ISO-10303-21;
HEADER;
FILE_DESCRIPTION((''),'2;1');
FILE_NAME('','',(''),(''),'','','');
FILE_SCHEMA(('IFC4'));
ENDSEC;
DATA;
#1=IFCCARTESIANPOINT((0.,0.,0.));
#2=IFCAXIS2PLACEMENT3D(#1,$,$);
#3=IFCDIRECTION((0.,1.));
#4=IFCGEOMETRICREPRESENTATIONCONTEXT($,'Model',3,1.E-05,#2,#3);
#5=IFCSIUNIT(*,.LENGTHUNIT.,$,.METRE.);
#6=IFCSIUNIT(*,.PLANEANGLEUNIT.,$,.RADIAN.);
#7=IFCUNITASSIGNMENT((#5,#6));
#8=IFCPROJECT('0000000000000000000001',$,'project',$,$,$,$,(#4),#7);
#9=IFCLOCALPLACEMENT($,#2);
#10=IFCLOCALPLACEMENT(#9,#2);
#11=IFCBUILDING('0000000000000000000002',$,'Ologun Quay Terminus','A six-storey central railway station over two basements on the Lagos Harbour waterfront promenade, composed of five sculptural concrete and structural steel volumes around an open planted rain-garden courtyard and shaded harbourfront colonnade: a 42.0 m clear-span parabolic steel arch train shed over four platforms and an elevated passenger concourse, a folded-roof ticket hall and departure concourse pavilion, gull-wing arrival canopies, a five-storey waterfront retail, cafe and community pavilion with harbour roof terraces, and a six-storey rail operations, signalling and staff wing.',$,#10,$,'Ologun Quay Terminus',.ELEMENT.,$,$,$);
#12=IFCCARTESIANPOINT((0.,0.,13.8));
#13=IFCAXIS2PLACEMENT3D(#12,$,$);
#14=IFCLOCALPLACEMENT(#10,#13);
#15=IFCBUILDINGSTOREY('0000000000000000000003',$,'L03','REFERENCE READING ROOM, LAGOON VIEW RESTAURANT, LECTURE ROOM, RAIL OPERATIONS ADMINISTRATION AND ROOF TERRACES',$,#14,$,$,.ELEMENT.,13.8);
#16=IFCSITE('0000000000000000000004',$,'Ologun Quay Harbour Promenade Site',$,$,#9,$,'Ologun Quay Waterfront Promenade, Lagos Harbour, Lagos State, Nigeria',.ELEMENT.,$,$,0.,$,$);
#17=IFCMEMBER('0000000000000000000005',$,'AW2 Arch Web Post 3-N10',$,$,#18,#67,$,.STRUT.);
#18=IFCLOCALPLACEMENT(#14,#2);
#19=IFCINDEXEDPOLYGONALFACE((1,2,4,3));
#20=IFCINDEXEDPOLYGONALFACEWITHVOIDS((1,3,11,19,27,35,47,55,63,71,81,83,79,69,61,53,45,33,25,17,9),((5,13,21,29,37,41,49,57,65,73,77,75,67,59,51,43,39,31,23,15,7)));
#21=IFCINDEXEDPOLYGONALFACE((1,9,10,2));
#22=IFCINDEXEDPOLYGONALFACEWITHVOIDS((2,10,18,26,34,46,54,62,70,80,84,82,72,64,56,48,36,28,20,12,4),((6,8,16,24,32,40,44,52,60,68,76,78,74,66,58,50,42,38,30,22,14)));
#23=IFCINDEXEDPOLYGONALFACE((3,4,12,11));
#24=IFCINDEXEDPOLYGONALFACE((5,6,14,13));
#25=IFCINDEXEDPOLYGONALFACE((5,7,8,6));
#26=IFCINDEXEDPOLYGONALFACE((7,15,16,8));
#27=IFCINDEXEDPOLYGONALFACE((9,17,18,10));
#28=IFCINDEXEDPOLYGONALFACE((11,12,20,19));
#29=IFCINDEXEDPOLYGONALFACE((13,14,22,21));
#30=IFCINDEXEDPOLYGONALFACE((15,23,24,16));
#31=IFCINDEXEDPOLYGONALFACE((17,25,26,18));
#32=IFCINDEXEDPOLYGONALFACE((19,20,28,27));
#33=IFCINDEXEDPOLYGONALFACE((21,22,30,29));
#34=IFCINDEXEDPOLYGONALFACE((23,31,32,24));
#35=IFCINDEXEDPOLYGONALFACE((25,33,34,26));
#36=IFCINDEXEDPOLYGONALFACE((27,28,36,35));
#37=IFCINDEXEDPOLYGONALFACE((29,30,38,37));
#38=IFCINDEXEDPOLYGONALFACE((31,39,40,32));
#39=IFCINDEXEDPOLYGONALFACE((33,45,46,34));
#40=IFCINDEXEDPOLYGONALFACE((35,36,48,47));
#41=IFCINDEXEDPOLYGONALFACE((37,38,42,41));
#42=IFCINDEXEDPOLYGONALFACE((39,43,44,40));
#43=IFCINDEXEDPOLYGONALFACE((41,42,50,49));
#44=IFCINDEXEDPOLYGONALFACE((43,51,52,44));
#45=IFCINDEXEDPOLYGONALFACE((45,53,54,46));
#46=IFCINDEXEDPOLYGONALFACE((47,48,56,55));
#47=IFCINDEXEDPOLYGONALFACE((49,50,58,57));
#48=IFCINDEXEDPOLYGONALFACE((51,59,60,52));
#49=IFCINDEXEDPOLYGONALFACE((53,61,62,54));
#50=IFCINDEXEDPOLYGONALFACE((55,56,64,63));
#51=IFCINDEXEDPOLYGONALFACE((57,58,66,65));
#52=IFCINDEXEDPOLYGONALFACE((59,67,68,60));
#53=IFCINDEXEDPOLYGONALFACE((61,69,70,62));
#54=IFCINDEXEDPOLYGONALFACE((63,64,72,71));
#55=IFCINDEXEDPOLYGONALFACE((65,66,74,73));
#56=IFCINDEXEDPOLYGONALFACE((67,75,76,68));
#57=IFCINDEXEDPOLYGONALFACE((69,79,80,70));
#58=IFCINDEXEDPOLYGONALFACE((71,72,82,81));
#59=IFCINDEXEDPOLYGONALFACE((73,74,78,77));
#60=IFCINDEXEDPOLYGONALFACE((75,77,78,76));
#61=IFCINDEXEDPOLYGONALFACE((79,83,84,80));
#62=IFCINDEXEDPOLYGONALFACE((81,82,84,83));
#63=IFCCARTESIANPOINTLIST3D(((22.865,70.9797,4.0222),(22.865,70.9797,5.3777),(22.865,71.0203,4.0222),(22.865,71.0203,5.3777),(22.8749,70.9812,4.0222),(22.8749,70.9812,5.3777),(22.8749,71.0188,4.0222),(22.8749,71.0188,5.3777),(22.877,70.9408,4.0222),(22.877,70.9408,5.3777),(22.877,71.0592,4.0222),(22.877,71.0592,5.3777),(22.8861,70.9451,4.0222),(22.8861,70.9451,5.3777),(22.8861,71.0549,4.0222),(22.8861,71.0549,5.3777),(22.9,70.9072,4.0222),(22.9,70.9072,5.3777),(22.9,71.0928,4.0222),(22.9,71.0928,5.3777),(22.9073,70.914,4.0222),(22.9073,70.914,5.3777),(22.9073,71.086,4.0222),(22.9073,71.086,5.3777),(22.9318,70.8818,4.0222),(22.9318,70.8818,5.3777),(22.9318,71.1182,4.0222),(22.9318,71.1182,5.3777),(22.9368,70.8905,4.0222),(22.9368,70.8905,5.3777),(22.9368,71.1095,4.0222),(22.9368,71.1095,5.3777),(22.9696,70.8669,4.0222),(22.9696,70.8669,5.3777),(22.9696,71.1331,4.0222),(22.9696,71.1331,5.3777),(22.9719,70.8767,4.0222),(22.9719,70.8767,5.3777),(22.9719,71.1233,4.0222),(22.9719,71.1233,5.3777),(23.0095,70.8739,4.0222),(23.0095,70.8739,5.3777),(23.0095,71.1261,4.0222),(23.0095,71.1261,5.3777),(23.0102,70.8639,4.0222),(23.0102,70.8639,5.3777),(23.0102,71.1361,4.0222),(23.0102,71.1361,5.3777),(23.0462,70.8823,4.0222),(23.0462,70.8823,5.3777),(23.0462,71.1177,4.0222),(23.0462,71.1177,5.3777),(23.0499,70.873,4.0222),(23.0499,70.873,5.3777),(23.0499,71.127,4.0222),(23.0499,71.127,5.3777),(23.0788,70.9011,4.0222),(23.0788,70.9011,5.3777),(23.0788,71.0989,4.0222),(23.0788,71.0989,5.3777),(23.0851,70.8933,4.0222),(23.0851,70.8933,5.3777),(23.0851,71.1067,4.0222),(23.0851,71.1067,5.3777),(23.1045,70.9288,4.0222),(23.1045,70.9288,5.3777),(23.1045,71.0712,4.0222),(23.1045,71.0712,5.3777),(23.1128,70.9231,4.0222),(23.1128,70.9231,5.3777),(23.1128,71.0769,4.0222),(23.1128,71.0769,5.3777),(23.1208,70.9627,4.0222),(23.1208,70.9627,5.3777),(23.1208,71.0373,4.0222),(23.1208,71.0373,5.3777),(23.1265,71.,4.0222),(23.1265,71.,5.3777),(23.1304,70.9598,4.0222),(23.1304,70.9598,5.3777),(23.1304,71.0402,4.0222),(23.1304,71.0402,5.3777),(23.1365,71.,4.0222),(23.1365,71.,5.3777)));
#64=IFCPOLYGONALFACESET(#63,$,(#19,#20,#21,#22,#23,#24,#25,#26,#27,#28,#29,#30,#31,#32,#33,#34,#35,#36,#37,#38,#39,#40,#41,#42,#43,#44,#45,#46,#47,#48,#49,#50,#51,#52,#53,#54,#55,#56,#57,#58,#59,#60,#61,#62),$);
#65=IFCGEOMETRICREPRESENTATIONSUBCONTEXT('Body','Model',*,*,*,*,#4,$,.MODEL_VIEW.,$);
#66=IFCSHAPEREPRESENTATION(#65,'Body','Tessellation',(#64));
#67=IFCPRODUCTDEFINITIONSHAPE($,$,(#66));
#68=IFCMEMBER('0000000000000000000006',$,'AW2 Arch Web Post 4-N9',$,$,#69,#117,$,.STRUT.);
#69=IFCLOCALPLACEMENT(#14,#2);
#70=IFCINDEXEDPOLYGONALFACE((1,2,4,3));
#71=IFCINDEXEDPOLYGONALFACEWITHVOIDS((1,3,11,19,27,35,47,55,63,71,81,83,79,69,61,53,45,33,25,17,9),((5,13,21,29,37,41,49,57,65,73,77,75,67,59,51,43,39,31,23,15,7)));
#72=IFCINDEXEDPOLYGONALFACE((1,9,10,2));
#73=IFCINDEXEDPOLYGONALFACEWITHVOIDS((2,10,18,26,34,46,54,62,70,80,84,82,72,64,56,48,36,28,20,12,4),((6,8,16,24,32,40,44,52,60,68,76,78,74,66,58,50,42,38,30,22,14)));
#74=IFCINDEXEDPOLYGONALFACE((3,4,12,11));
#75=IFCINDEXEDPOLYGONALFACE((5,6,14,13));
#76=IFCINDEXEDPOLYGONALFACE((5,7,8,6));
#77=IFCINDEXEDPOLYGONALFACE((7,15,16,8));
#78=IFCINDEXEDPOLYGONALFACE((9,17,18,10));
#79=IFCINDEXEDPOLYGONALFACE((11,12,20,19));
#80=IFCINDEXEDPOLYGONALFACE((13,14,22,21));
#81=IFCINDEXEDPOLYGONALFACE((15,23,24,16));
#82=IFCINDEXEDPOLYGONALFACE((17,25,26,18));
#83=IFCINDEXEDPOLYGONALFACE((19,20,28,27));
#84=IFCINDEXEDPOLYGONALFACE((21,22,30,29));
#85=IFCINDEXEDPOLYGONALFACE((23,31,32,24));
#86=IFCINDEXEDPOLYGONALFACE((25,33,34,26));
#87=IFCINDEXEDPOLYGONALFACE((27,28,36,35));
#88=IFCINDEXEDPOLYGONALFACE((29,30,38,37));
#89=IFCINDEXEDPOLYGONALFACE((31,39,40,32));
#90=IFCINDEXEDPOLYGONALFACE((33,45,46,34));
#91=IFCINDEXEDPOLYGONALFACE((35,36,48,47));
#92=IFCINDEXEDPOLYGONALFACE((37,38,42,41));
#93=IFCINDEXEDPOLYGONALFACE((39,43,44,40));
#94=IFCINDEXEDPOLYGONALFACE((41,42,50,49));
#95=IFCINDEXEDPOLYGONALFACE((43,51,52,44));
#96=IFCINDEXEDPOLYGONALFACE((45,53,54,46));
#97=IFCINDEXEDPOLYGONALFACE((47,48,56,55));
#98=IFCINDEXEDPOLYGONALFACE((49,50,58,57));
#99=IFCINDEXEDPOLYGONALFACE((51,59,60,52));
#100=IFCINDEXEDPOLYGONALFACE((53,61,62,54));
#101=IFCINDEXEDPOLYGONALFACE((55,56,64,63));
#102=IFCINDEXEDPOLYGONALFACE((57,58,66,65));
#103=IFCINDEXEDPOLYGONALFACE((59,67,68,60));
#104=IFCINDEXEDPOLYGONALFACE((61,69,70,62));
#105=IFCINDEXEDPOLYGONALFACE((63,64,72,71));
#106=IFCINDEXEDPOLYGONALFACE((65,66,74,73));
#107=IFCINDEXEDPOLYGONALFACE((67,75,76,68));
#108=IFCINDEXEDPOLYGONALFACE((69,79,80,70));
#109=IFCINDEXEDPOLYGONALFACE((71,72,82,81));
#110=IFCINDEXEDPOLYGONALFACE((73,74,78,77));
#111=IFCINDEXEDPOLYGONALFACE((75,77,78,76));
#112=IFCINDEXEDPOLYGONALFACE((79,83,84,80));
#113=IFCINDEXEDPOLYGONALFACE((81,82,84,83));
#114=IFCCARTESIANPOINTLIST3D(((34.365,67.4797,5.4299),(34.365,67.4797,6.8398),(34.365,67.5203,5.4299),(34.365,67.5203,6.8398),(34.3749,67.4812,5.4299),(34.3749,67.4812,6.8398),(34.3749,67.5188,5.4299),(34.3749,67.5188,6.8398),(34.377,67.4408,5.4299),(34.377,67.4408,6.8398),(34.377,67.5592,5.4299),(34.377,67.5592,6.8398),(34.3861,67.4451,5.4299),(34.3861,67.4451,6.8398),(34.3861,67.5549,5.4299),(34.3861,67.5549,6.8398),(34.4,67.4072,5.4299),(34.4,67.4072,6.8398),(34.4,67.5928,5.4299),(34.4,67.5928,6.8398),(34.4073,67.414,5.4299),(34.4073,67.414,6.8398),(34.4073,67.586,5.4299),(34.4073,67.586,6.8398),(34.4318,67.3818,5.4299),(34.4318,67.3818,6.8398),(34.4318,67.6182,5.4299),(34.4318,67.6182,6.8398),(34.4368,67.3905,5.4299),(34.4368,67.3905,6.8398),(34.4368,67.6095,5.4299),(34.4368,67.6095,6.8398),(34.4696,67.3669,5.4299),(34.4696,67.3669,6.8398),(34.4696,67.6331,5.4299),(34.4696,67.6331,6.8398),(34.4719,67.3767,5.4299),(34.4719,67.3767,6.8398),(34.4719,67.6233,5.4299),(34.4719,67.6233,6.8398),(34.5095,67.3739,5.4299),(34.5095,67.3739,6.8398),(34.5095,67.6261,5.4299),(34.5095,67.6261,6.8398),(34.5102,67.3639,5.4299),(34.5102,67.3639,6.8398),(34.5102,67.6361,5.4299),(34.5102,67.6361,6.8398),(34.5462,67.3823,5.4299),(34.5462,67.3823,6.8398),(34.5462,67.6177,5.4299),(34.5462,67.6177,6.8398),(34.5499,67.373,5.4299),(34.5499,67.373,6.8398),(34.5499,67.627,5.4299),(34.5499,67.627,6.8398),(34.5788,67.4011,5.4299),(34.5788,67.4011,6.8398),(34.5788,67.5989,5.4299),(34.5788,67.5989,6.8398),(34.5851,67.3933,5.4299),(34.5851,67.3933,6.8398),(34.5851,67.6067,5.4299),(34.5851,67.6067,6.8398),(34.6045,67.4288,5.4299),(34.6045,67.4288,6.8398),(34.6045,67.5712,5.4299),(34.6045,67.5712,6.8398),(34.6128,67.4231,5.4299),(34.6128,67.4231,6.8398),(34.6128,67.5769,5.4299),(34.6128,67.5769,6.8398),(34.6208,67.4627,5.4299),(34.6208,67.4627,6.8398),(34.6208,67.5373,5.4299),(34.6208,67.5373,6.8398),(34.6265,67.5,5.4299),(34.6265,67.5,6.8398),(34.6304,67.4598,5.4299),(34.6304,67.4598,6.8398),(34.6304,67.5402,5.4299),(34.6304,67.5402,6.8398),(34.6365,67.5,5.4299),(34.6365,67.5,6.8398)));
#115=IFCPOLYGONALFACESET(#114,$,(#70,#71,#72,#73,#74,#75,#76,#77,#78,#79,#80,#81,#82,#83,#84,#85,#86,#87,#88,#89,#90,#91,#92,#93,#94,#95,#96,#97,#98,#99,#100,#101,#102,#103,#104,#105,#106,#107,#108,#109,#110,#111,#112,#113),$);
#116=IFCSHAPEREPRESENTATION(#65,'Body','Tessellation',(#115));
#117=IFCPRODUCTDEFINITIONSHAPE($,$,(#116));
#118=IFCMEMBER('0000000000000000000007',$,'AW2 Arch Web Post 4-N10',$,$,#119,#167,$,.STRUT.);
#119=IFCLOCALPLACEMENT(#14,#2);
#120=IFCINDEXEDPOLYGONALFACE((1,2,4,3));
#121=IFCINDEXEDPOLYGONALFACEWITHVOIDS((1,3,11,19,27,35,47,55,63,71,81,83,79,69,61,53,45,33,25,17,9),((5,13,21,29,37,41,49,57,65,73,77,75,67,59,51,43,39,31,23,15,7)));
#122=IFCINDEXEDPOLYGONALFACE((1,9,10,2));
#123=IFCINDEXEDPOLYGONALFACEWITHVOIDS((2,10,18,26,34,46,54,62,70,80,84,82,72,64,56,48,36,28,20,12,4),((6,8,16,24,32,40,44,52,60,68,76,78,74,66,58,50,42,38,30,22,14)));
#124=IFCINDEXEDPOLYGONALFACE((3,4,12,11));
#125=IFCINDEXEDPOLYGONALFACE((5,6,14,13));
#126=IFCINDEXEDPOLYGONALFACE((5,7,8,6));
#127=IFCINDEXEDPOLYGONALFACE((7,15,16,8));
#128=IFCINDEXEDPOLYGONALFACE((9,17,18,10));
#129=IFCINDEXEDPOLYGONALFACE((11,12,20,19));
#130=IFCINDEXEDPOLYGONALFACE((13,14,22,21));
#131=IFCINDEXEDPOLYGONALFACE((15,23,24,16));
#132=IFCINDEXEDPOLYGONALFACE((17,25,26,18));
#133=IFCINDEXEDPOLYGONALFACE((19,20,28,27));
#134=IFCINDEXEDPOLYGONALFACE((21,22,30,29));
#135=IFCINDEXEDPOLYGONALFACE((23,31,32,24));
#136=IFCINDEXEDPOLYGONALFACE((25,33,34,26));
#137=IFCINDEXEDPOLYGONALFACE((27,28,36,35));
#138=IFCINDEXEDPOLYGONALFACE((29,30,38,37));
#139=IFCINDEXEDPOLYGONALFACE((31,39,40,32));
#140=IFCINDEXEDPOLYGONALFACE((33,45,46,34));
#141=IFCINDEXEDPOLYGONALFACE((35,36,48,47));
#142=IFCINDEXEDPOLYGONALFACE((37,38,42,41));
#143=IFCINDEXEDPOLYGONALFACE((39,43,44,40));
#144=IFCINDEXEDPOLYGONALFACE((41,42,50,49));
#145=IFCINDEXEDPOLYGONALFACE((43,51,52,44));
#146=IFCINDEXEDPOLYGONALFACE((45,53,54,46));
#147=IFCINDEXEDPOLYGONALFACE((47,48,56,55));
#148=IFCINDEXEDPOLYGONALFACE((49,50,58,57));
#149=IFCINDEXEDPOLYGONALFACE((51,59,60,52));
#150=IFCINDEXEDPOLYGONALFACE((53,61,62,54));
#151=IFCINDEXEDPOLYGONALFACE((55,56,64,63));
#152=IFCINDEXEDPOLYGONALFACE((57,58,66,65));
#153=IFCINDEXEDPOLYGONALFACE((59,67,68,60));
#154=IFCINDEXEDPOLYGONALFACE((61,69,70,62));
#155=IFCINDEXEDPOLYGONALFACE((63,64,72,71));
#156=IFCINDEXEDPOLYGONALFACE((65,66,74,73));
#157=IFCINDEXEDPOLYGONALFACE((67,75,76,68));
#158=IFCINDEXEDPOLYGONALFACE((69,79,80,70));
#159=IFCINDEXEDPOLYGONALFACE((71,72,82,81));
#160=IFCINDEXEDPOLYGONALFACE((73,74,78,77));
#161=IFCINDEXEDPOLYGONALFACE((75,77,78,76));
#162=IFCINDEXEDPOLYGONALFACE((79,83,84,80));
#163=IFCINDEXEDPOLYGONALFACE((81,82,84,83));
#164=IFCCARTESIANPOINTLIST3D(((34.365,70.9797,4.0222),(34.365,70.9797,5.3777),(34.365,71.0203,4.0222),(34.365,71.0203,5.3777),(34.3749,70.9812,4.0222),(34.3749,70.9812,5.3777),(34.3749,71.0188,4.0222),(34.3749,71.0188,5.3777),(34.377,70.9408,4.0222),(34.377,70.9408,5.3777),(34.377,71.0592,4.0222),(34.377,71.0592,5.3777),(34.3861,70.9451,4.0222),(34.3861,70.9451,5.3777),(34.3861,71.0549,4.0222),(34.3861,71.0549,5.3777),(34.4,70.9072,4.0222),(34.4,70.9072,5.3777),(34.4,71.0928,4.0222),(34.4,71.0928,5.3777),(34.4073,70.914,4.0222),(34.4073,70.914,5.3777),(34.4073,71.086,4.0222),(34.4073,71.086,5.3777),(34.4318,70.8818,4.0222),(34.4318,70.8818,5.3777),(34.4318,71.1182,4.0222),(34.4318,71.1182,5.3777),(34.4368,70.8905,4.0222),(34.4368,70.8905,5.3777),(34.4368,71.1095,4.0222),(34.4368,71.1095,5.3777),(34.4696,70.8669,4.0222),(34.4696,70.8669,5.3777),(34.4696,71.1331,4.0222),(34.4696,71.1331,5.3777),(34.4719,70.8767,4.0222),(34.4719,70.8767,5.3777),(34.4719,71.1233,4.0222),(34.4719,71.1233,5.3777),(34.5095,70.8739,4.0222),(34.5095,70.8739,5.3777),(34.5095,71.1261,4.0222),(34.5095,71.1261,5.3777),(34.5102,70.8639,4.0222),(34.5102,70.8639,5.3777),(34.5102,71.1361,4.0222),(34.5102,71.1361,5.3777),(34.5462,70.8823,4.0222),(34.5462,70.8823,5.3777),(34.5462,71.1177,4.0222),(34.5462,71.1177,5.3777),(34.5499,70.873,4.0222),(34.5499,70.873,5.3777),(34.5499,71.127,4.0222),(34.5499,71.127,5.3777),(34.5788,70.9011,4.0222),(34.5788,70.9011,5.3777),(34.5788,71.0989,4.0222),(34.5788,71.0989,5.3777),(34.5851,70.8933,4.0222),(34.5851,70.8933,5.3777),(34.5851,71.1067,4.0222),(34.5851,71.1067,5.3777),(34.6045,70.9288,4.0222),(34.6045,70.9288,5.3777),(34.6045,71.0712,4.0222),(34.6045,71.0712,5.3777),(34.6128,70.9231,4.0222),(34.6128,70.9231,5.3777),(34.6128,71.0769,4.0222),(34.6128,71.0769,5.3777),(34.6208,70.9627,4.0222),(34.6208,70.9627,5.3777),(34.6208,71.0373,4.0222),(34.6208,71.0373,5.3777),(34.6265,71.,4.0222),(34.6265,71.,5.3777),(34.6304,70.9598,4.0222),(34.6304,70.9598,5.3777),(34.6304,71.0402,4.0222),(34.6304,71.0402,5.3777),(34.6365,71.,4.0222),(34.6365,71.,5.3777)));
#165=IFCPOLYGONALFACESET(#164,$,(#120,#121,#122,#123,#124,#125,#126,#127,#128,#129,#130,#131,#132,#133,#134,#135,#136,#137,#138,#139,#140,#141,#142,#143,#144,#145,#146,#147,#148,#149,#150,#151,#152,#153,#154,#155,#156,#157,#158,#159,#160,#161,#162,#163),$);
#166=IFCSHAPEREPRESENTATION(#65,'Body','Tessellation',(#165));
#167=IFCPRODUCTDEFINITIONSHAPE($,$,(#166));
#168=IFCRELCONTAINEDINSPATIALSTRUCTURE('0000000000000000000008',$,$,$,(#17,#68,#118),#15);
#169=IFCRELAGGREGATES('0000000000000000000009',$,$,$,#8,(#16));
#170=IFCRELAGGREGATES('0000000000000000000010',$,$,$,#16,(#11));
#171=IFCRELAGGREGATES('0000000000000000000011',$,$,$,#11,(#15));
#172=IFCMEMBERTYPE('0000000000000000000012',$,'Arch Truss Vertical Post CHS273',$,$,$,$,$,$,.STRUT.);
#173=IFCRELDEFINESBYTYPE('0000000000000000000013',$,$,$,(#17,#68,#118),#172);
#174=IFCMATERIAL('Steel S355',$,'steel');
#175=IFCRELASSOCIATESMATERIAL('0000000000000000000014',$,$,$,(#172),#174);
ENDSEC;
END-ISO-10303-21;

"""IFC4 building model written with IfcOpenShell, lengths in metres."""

from ifc_helpers import new_model, si_unit, direction, frame, origin, origin_2d, place, context, subcontext, project, spatial, hollow_circle, extrude, material, material_profile, profile_set, type_object, element, save


model = new_model("IFC4")

# Units and contexts
model_context = context("Model", 3, precision=1e-05, world=origin(), true_north=direction((0.0, 1.0)))
body_context = subcontext(model_context, "Body", "Model", "MODEL_VIEW")
ifc_project = project(units=[si_unit("LENGTHUNIT", "METRE"), si_unit("PLANEANGLEUNIT", "RADIAN")], contexts=[model_context])

# Site, building, storey
site_placement = place(None, origin())
site = spatial("IfcSite", under=ifc_project, at=site_placement, Name="Ologun Quay Harbour Promenade Site", LongName="Ologun Quay Waterfront Promenade, Lagos Harbour, Lagos State, Nigeria", CompositionType="ELEMENT", RefElevation=0.0)
building_placement = place(site_placement, origin())
building = spatial("IfcBuilding", under=site, at=building_placement, Name="Ologun Quay Terminus", Description="A six-storey central railway station over two basements on the Lagos Harbour waterfront promenade, composed of five sculptural concrete and structural steel volumes around an open planted rain-garden courtyard and shaded harbourfront colonnade: a 42.0 m clear-span parabolic steel arch train shed over four platforms and an elevated passenger concourse, a folded-roof ticket hall and departure concourse pavilion, gull-wing arrival canopies, a five-storey waterfront retail, cafe and community pavilion with harbour roof terraces, and a six-storey rail operations, signalling and staff wing.", LongName="Ologun Quay Terminus", CompositionType="ELEMENT")
storey_placement = place(building_placement, frame((0.0, 0.0, 13.8)))
storey = spatial("IfcBuildingStorey", under=building, at=storey_placement, Name="L03", Description="REFERENCE READING ROOM, LAGOON VIEW RESTAURANT, LECTURE ROOM, RAIL OPERATIONS ADMINISTRATION AND ROOF TERRACES", CompositionType="ELEMENT", Elevation=13.8)

# Members
ifc_material_1 = material(Name="Steel S355", Category="steel")
ifc_material_profile_1 = material_profile(ifc_material_1, hollow_circle(Radius=0.1365, WallThickness=0.01, at=origin_2d()), Name="CHS 273x10")
ifc_profile_set_1 = profile_set([ifc_material_profile_1], Name="Steel S355")
member_type_1 = type_object("IfcMemberType", Name="Arch Truss Vertical Post CHS273", PredefinedType="STRUT", material=ifc_profile_set_1)
member_1_placement = place(storey_placement, frame((23.0, 71.0, 4.0222), z_axis=(0.0, 0.0, 1.0), x_axis=(1.0, 0.0, 0.0)))
element("IfcMember", 1, at=member_1_placement, inside=storey, type_object=member_type_1, Name="AW2 Arch Web Post 3-N10", PredefinedType="STRUT", context=body_context, shape_type="SweptSolid", body=[
    extrude(hollow_circle(Radius=0.1365, WallThickness=0.01, at=origin_2d()), origin(), (0.0, 0.0, 1.0), 1.3555),
])
member_2_placement = place(storey_placement, frame((34.5, 67.5, 5.4299), z_axis=(0.0, 0.0, 1.0), x_axis=(1.0, 0.0, 0.0)))
element("IfcMember", 2, at=member_2_placement, inside=storey, type_object=member_type_1, Name="AW2 Arch Web Post 4-N9", PredefinedType="STRUT", context=body_context, shape_type="SweptSolid", body=[
    extrude(hollow_circle(Radius=0.1365, WallThickness=0.01, at=origin_2d()), origin(), (0.0, 0.0, 1.0), 1.4099),
])
member_3_placement = place(storey_placement, frame((34.5, 71.0, 4.0222), z_axis=(0.0, 0.0, 1.0), x_axis=(1.0, 0.0, 0.0)))
element("IfcMember", 3, at=member_3_placement, inside=storey, type_object=member_type_1, Name="AW2 Arch Web Post 4-N10", PredefinedType="STRUT", context=body_context, shape_type="SweptSolid", body=[
    extrude(hollow_circle(Radius=0.1365, WallThickness=0.01, at=origin_2d()), origin(), (0.0, 0.0, 1.0), 1.3555),
])

save(model, "model.ifc")
